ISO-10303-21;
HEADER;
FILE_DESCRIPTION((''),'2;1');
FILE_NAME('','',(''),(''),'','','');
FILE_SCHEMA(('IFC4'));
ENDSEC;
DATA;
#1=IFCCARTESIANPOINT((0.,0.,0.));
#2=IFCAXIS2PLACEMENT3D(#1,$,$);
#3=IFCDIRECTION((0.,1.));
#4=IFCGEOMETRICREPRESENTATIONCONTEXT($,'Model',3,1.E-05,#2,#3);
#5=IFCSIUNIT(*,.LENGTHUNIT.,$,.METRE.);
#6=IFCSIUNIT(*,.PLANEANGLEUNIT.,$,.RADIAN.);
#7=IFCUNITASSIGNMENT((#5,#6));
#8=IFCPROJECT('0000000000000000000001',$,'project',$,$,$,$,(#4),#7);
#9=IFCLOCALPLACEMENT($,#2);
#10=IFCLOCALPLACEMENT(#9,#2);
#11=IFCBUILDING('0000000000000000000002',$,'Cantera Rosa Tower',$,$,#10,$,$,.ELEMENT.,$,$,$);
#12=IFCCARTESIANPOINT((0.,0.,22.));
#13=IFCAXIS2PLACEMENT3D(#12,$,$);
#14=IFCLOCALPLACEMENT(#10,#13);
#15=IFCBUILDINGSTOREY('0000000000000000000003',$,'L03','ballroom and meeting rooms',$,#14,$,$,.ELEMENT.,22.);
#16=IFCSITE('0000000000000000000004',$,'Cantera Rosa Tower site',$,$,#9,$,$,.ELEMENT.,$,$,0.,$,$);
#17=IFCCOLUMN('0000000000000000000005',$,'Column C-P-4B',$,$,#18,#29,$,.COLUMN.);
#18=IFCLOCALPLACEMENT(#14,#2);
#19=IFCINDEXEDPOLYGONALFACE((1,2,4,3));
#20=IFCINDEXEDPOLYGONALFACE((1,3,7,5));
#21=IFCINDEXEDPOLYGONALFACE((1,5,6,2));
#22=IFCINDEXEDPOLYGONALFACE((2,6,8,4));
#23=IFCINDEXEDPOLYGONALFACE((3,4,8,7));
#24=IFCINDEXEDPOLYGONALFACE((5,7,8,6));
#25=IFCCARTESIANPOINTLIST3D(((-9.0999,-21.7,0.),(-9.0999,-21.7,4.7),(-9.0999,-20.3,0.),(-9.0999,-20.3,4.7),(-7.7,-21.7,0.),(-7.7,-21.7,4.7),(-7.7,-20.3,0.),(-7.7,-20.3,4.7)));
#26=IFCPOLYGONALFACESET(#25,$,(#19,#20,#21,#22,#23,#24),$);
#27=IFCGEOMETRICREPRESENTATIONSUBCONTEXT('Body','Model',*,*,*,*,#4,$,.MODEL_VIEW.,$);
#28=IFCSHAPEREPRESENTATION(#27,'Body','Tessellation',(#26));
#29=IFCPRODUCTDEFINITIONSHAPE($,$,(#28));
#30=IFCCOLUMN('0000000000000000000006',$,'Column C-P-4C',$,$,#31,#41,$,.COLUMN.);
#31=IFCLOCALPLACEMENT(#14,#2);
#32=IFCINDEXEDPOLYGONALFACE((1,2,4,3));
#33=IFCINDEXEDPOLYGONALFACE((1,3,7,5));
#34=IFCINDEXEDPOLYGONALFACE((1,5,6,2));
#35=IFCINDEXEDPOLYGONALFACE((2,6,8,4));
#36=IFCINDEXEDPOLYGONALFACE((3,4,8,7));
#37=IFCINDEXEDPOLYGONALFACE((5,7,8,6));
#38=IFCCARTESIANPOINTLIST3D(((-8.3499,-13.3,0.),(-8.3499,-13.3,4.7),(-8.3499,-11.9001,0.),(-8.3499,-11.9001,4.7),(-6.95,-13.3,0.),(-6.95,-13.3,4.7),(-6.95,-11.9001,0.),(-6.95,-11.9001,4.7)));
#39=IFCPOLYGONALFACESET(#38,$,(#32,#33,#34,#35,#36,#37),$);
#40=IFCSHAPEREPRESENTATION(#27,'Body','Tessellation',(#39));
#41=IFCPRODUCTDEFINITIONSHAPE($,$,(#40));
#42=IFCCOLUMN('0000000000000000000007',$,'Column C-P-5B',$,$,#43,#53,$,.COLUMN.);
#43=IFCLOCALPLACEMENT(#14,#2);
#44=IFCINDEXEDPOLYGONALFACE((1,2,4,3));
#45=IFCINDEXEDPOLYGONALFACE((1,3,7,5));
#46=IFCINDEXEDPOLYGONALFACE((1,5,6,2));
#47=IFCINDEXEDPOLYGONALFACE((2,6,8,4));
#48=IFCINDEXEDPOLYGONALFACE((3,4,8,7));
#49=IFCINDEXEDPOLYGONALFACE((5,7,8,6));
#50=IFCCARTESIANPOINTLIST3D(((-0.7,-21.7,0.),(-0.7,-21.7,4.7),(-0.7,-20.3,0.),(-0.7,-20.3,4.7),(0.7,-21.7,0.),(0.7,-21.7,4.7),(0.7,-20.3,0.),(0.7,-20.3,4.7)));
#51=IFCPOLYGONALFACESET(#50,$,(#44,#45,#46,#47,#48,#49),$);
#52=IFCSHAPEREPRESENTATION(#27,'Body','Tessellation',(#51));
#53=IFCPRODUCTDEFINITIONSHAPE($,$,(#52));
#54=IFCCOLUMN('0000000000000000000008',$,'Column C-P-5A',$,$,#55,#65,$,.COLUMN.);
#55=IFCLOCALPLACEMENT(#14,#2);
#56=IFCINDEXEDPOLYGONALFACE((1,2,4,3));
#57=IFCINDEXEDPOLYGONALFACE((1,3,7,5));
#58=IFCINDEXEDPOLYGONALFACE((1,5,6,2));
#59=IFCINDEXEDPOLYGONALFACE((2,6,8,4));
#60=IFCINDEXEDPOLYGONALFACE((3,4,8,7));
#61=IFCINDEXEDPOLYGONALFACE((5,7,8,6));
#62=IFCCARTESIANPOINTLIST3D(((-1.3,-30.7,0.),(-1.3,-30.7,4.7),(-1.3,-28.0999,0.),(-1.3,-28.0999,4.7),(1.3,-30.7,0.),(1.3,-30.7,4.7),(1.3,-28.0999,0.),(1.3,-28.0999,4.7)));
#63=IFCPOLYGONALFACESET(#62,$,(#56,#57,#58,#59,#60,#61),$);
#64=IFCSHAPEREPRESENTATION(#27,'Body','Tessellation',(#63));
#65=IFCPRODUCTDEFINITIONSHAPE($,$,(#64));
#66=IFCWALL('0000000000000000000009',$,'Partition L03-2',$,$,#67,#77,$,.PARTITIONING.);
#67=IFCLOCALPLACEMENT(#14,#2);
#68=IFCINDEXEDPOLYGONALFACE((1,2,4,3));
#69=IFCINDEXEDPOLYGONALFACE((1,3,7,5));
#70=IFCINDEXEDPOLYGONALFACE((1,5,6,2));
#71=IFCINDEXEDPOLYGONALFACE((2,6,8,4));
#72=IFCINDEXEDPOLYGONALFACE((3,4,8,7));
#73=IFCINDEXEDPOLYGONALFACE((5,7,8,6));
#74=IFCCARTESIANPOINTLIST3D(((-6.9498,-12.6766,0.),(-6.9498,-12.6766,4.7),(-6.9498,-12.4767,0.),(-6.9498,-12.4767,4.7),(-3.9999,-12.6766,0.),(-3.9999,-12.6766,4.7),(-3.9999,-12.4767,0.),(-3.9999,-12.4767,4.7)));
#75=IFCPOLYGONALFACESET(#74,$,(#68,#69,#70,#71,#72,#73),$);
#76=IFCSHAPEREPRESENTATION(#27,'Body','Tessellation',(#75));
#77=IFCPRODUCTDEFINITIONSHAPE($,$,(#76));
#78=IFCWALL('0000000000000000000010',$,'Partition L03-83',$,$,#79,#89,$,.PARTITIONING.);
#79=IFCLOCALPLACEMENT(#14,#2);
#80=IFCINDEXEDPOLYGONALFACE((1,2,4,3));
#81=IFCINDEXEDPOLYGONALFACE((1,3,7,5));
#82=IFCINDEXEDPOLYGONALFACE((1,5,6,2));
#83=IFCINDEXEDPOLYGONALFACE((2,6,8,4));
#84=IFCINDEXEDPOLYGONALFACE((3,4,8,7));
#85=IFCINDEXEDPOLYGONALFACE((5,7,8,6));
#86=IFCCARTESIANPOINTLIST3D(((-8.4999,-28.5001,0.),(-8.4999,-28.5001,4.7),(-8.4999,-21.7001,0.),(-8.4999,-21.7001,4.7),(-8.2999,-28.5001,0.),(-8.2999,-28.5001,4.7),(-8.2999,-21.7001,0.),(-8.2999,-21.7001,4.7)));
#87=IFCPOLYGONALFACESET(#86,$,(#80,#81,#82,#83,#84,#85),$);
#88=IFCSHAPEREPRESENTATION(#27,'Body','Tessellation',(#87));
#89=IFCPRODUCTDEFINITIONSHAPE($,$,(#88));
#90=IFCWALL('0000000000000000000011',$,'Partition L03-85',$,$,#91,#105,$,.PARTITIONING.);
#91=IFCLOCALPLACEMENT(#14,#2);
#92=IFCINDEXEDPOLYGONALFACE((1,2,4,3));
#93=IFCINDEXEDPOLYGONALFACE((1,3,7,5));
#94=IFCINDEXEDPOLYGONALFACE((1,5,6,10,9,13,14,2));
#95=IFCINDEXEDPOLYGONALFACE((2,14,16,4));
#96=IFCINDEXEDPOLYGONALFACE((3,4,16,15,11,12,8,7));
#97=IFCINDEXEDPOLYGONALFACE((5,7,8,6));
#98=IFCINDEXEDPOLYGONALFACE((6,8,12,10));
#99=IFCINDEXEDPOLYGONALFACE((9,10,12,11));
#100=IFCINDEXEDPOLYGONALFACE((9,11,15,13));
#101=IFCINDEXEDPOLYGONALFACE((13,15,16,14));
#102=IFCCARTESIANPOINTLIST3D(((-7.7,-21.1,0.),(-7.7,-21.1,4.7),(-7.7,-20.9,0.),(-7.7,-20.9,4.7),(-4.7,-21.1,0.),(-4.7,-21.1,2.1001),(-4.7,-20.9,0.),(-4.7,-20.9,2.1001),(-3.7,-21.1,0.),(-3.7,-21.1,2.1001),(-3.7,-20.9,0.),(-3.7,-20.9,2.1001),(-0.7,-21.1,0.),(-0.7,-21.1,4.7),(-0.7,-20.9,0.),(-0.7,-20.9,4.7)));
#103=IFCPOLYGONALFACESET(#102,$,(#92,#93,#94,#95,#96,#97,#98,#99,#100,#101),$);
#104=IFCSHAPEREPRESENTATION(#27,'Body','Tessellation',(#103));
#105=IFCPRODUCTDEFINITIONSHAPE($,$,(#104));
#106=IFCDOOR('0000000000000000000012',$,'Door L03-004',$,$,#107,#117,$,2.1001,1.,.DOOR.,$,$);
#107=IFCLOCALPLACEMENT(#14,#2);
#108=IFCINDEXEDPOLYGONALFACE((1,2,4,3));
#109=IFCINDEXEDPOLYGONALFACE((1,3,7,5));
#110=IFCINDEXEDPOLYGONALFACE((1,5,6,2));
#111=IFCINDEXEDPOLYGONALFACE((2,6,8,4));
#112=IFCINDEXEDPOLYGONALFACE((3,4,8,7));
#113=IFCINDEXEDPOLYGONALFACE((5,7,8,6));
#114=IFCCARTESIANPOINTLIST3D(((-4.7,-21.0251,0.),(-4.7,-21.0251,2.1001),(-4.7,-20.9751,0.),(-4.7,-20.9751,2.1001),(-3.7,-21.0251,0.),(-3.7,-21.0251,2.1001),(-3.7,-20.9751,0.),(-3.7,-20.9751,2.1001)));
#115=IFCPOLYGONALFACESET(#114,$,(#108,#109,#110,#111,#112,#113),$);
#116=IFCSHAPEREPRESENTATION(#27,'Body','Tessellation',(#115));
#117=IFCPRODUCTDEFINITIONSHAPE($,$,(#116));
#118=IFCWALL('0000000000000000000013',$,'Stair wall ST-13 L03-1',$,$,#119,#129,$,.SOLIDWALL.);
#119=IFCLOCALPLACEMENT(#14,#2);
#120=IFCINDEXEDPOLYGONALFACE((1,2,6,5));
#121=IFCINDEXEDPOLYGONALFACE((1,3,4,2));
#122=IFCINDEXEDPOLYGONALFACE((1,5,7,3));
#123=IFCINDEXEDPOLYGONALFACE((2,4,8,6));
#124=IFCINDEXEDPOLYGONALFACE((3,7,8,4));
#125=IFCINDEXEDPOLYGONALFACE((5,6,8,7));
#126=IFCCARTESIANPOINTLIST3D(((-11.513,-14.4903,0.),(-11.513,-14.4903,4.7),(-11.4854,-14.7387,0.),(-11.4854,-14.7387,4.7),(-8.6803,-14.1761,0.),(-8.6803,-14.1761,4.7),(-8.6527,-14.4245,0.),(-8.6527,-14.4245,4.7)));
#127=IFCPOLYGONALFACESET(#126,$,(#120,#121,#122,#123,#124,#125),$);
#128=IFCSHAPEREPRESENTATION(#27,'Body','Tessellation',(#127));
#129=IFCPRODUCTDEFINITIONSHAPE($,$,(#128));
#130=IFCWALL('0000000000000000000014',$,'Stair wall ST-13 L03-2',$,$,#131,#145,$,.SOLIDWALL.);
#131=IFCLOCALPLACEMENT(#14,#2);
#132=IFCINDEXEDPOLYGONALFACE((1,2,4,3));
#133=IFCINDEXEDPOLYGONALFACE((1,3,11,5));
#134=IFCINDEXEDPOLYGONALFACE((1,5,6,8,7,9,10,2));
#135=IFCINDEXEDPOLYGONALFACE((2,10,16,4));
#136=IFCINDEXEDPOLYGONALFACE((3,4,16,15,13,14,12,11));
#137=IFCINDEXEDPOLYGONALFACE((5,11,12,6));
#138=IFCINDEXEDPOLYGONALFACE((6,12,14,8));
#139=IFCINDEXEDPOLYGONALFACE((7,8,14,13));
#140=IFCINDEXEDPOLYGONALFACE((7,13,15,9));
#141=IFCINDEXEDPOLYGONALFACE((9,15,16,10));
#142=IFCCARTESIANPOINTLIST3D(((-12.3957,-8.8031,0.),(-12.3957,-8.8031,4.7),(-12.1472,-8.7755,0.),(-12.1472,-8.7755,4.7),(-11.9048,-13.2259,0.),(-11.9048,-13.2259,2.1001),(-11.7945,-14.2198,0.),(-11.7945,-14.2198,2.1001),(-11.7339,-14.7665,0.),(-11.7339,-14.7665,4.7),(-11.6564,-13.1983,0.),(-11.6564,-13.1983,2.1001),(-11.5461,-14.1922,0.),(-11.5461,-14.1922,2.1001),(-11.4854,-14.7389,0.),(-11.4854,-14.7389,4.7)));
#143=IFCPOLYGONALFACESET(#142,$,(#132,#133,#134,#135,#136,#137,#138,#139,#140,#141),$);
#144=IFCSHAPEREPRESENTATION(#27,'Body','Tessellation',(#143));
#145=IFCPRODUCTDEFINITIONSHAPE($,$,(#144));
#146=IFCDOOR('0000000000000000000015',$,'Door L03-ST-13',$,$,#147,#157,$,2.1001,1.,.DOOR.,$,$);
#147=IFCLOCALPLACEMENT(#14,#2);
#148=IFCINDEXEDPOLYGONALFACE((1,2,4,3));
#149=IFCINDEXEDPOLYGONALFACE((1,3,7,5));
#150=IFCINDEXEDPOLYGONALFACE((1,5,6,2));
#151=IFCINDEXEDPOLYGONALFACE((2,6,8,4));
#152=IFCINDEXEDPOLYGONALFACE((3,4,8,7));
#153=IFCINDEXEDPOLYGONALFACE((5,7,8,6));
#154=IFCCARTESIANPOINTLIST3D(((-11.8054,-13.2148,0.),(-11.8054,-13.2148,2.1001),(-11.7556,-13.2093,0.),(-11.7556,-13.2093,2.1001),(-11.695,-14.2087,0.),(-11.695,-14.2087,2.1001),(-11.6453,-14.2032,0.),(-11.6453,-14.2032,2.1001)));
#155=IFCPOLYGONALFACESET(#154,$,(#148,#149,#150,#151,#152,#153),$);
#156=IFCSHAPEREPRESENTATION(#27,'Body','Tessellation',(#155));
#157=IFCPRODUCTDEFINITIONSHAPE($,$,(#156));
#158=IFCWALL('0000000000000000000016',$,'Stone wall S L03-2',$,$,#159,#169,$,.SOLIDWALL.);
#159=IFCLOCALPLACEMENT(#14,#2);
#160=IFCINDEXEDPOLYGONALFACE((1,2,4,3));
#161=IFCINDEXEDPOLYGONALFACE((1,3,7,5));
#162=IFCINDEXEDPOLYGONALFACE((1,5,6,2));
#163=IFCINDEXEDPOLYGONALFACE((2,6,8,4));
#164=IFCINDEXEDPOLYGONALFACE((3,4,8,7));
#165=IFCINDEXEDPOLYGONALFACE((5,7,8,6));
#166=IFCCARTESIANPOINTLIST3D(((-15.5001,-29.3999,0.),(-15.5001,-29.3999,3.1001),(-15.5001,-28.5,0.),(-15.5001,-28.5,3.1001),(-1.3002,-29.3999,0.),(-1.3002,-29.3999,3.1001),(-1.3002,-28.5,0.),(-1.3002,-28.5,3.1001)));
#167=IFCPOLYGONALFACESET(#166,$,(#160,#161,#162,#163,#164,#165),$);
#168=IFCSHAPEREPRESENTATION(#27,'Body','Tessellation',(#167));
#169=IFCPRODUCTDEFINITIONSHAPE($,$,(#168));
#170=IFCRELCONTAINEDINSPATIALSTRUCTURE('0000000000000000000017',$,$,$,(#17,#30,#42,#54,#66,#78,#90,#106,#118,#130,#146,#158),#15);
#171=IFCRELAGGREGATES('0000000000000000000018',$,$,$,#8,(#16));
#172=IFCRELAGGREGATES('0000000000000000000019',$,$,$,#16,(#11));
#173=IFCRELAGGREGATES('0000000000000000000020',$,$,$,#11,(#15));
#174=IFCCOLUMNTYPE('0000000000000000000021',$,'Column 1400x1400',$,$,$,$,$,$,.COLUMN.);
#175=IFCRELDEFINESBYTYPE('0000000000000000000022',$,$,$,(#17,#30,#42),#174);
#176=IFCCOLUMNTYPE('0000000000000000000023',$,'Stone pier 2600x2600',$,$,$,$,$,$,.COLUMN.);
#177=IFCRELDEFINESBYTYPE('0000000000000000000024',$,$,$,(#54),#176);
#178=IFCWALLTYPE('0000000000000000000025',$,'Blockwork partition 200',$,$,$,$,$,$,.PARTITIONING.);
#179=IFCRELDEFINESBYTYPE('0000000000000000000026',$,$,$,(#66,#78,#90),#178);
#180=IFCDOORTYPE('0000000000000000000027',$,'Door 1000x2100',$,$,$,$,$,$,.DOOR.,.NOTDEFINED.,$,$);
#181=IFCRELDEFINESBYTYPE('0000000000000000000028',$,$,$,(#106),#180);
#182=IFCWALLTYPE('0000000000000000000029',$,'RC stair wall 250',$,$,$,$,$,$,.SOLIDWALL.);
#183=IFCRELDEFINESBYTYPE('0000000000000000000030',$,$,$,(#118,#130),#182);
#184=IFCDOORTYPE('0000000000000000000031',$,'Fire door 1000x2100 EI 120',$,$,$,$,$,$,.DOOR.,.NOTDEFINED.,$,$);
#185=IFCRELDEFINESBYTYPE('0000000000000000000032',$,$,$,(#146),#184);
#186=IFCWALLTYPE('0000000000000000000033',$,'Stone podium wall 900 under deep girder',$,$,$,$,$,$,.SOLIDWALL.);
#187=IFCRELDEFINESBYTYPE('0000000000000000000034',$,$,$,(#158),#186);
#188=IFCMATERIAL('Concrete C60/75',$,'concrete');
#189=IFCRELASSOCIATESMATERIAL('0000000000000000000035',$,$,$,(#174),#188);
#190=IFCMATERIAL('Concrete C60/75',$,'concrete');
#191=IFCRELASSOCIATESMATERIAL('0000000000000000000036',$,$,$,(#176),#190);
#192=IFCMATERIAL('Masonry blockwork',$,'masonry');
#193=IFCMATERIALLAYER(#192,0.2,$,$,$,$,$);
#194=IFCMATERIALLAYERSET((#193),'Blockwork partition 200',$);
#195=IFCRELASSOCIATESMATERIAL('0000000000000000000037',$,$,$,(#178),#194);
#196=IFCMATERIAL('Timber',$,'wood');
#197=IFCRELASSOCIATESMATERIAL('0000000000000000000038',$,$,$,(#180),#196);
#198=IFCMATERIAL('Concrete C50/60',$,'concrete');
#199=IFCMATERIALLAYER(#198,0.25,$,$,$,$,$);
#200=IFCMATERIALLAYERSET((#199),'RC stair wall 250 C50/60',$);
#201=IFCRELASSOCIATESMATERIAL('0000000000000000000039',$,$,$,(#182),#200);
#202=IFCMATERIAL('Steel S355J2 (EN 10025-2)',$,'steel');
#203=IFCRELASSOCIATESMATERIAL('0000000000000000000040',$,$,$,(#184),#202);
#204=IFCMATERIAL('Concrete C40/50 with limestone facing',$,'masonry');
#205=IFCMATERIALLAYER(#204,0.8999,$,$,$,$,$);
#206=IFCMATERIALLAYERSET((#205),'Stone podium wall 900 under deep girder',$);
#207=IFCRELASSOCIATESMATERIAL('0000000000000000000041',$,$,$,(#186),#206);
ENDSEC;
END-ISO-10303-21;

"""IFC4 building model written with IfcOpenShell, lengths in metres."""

from ifc_helpers import new_model, si_unit, direction, frame, frame_2d, origin, origin_2d, place, context, subcontext, project, spatial, rectangle, extrude, material, layer, layer_set, material_profile, profile_set, type_object, element, fill, save


model = new_model("IFC4")

# Units and contexts
model_context = context("Model", 3, precision=1e-05, world=origin(), true_north=direction((0.0, 1.0)))
body_context = subcontext(model_context, "Body", "Model", "MODEL_VIEW")
ifc_project = project(units=[si_unit("LENGTHUNIT", "METRE"), si_unit("PLANEANGLEUNIT", "RADIAN")], contexts=[model_context])

# Site, building, storey
site_placement = place(None, origin())
site = spatial("IfcSite", under=ifc_project, at=site_placement, Name="Cantera Rosa Tower site", CompositionType="ELEMENT", RefElevation=0.0)
building_placement = place(site_placement, origin())
building = spatial("IfcBuilding", under=site, at=building_placement, Name="Cantera Rosa Tower", CompositionType="ELEMENT")
storey_placement = place(building_placement, frame((0.0, 0.0, 22.0)))
storey = spatial("IfcBuildingStorey", under=building, at=storey_placement, Name="L03", Description="ballroom and meeting rooms", CompositionType="ELEMENT", Elevation=22.0)

# Columns
ifc_material_1 = material(Name="Concrete C60/75", Category="concrete")
ifc_material_profile_1 = material_profile(ifc_material_1, rectangle(XDim=1.3999, YDim=1.3999, at=origin_2d()), Name="Column 1400x1400")
ifc_profile_set_1 = profile_set([ifc_material_profile_1], Name="Concrete C60/75")
column_type_1 = type_object("IfcColumnType", Name="Column 1400x1400", PredefinedType="COLUMN", material=ifc_profile_set_1)
for number, where, z_axis, x_axis, name in (
    (1, (-8.3999, -21.0, 0.0), (0.0, 0.0, 1.0), (1.0, 0.0, 0.0), "Column C-P-4B"),
    (2, (-7.6499, -12.6001, 0.0), (0.0, 0.0, 1.0), (1.0, 0.0, 0.0), "Column C-P-4C"),
    (3, (0.0, -21.0, 0.0), (0.0, 0.0, 1.0), (1.0, 0.0, 0.0), "Column C-P-5B"),
):
    element("IfcColumn", number, at=place(storey_placement, frame(where, z_axis=z_axis, x_axis=x_axis)), inside=storey, type_object=column_type_1, Name=name, PredefinedType="COLUMN", context=body_context, shape_type="SweptSolid", body=[
        extrude(rectangle(XDim=1.3999, YDim=1.3999, at=origin_2d()), origin(), (0.0, 0.0, 1.0), 4.7),
    ])
ifc_material_2 = material(Name="Concrete C60/75", Category="concrete")
ifc_material_profile_2 = material_profile(ifc_material_2, rectangle(XDim=2.6001, YDim=2.6001, at=origin_2d()), Name="Stone pier 2600x2600")
ifc_profile_set_2 = profile_set([ifc_material_profile_2], Name="Concrete C60/75")
column_type_2 = type_object("IfcColumnType", Name="Stone pier 2600x2600", PredefinedType="COLUMN", material=ifc_profile_set_2)
column_placement = place(storey_placement, frame((0.0, -29.3999, 0.0), z_axis=(0.0, 0.0, 1.0), x_axis=(1.0, 0.0, 0.0)))
element("IfcColumn", 4, at=column_placement, inside=storey, type_object=column_type_2, Name="Column C-P-5A", PredefinedType="COLUMN", context=body_context, shape_type="SweptSolid", body=[
    extrude(rectangle(XDim=2.6001, YDim=2.6001, at=origin_2d()), origin(), (0.0, 0.0, 1.0), 4.7),
])

# Walls
ifc_material_3 = material(Name="Masonry blockwork", Category="masonry")
ifc_layer_1 = layer(ifc_material_3, 0.2)
ifc_layer_set_1 = layer_set([ifc_layer_1], Name="Blockwork partition 200")
wall_type_1 = type_object("IfcWallType", Name="Blockwork partition 200", PredefinedType="PARTITIONING", material=ifc_layer_set_1)
wall_1_placement = place(storey_placement, frame((-6.95, -12.5767, 0.0), z_axis=(0.0, 0.0, 1.0), x_axis=(1.0, 0.0, 0.0)))
element("IfcWall", 5, at=wall_1_placement, inside=storey, type_object=wall_type_1, Name="Partition L03-2", PredefinedType="PARTITIONING", context=body_context, shape_type="SweptSolid", body=[
    extrude(rectangle(XDim=2.95, YDim=0.2, at=frame_2d((1.4751, 0.0))), origin(), (0.0, 0.0, 1.0), 4.7),
])
wall_2_placement = place(storey_placement, frame((-8.3999, -28.5, 0.0), z_axis=(0.0, 0.0, 1.0), x_axis=(0.0, 1.0, 0.0)))
element("IfcWall", 6, at=wall_2_placement, inside=storey, type_object=wall_type_1, Name="Partition L03-83", PredefinedType="PARTITIONING", context=body_context, shape_type="SweptSolid", body=[
    extrude(rectangle(XDim=6.8, YDim=0.2, at=frame_2d((3.3999, 0.0))), origin(), (0.0, 0.0, 1.0), 4.7),
])

# Wall, opening, door
wall_3_placement = place(storey_placement, frame((-7.7, -21.0, 0.0), z_axis=(0.0, 0.0, 1.0), x_axis=(1.0, 0.0, 0.0)))
wall_3 = element("IfcWall", 7, at=wall_3_placement, inside=storey, type_object=wall_type_1, Name="Partition L03-85", PredefinedType="PARTITIONING", context=body_context, shape_type="SweptSolid", body=[
    extrude(rectangle(XDim=7.0, YDim=0.2, at=frame_2d((3.5, 0.0))), origin(), (0.0, 0.0, 1.0), 4.7),
])
opening_1_placement = place(wall_3_placement, frame((3.0, 0.0, 0.0)))
opening_1 = element("IfcOpeningElement", 8, at=opening_1_placement, cuts=wall_3, PredefinedType="OPENING", context=body_context, shape_type="SweptSolid", body=[
    extrude(rectangle(XDim=1.0, YDim=2.1001, at=frame_2d((0.5, 1.05))), frame((0.0, 0.1099, 0.0), z_axis=(0.0, -1.0, 0.0), x_axis=(1.0, 0.0, 0.0)), (0.0, 0.0, 1.0), 0.22),
])
ifc_material_4 = material(Name="Timber", Category="wood")
door_type_1 = type_object("IfcDoorType", Name="Door 1000x2100", OperationType="NOTDEFINED", PredefinedType="DOOR", material=ifc_material_4)
door_1_placement = place(opening_1_placement, origin())
door_1 = element("IfcDoor", 9, at=door_1_placement, inside=storey, type_object=door_type_1, Name="Door L03-004", OverallHeight=2.1001, OverallWidth=1.0, PredefinedType="DOOR", context=body_context, shape_type="SweptSolid", body=[
    extrude(rectangle(XDim=1.0, YDim=2.1001, at=frame_2d((0.5, 1.05))), frame((0.0, 0.0249, 0.0), z_axis=(0.0, -1.0, 0.0), x_axis=(1.0, 0.0, 0.0)), (0.0, 0.0, 1.0), 0.05),
])
fill(opening_1, door_1)

# Wall
ifc_material_5 = material(Name="Concrete C50/60", Category="concrete")
ifc_layer_2 = layer(ifc_material_5, 0.25)
ifc_layer_set_2 = layer_set([ifc_layer_2], Name="RC stair wall 250 C50/60")
wall_type_2 = type_object("IfcWallType", Name="RC stair wall 250", PredefinedType="SOLIDWALL", material=ifc_layer_set_2)
wall_4_placement = place(storey_placement, frame((-8.6665, -14.3003, 0.0), z_axis=(0.0, 0.0, 1.0), x_axis=(-0.993905, -0.110243, 0.0)))
element("IfcWall", 10, at=wall_4_placement, inside=storey, type_object=wall_type_2, Name="Stair wall ST-13 L03-1", PredefinedType="SOLIDWALL", context=body_context, shape_type="SweptSolid", body=[
    extrude(rectangle(XDim=2.8501, YDim=0.25, at=frame_2d((1.425, 0.0))), origin(), (0.0, 0.0, 1.0), 4.7),
])

# Wall, opening, door
wall_5_placement = place(storey_placement, frame((-11.6096, -14.7527, 0.0), z_axis=(0.0, 0.0, 1.0), x_axis=(-0.110311, 0.993897, 0.0)))
wall_5 = element("IfcWall", 11, at=wall_5_placement, inside=storey, type_object=wall_type_2, Name="Stair wall ST-13 L03-2", PredefinedType="SOLIDWALL", context=body_context, shape_type="SweptSolid", body=[
    extrude(rectangle(XDim=6.0, YDim=0.25, at=frame_2d((3.0, 0.0))), origin(), (0.0, 0.0, 1.0), 4.7),
])
opening_2_placement = place(wall_5_placement, frame((0.55, 0.0, 0.0)))
opening_2 = element("IfcOpeningElement", 12, at=opening_2_placement, cuts=wall_5, PredefinedType="OPENING", context=body_context, shape_type="SweptSolid", body=[
    extrude(rectangle(XDim=1.0, YDim=2.1001, at=frame_2d((0.5, 1.05))), frame((0.0, 0.135, 0.0), z_axis=(0.0, -1.0, 0.0), x_axis=(1.0, 0.0, 0.0)), (0.0, 0.0, 1.0), 0.27),
])
ifc_material_6 = material(Name="Steel S355J2 (EN 10025-2)", Category="steel")
door_type_2 = type_object("IfcDoorType", Name="Fire door 1000x2100 EI 120", OperationType="NOTDEFINED", PredefinedType="DOOR", material=ifc_material_6)
door_2_placement = place(opening_2_placement, origin())
door_2 = element("IfcDoor", 13, at=door_2_placement, inside=storey, type_object=door_type_2, Name="Door L03-ST-13", OverallHeight=2.1001, OverallWidth=1.0, PredefinedType="DOOR", context=body_context, shape_type="SweptSolid", body=[
    extrude(rectangle(XDim=1.0, YDim=2.1001, at=frame_2d((0.5, 1.05))), frame((0.0, 0.0249, 0.0), z_axis=(0.0, -1.0, 0.0), x_axis=(1.0, 0.0, 0.0)), (0.0, 0.0, 1.0), 0.05),
])
fill(opening_2, door_2)

# Wall
ifc_material_7 = material(Name="Concrete C40/50 with limestone facing", Category="masonry")
ifc_layer_3 = layer(ifc_material_7, 0.8999)
ifc_layer_set_3 = layer_set([ifc_layer_3], Name="Stone podium wall 900 under deep girder")
wall_type_3 = type_object("IfcWallType", Name="Stone podium wall 900 under deep girder", PredefinedType="SOLIDWALL", material=ifc_layer_set_3)
wall_6_placement = place(storey_placement, frame((-1.3, -28.95, 0.0), z_axis=(0.0, 0.0, 1.0), x_axis=(-1.0, 0.0, 0.0)))
element("IfcWall", 14, at=wall_6_placement, inside=storey, type_object=wall_type_3, Name="Stone wall S L03-2", PredefinedType="SOLIDWALL", context=body_context, shape_type="SweptSolid", body=[
    extrude(rectangle(XDim=14.2, YDim=0.8999, at=frame_2d((7.1001, 0.0))), origin(), (0.0, 0.0, 1.0), 3.1001),
])

save(model, "model.ifc")
